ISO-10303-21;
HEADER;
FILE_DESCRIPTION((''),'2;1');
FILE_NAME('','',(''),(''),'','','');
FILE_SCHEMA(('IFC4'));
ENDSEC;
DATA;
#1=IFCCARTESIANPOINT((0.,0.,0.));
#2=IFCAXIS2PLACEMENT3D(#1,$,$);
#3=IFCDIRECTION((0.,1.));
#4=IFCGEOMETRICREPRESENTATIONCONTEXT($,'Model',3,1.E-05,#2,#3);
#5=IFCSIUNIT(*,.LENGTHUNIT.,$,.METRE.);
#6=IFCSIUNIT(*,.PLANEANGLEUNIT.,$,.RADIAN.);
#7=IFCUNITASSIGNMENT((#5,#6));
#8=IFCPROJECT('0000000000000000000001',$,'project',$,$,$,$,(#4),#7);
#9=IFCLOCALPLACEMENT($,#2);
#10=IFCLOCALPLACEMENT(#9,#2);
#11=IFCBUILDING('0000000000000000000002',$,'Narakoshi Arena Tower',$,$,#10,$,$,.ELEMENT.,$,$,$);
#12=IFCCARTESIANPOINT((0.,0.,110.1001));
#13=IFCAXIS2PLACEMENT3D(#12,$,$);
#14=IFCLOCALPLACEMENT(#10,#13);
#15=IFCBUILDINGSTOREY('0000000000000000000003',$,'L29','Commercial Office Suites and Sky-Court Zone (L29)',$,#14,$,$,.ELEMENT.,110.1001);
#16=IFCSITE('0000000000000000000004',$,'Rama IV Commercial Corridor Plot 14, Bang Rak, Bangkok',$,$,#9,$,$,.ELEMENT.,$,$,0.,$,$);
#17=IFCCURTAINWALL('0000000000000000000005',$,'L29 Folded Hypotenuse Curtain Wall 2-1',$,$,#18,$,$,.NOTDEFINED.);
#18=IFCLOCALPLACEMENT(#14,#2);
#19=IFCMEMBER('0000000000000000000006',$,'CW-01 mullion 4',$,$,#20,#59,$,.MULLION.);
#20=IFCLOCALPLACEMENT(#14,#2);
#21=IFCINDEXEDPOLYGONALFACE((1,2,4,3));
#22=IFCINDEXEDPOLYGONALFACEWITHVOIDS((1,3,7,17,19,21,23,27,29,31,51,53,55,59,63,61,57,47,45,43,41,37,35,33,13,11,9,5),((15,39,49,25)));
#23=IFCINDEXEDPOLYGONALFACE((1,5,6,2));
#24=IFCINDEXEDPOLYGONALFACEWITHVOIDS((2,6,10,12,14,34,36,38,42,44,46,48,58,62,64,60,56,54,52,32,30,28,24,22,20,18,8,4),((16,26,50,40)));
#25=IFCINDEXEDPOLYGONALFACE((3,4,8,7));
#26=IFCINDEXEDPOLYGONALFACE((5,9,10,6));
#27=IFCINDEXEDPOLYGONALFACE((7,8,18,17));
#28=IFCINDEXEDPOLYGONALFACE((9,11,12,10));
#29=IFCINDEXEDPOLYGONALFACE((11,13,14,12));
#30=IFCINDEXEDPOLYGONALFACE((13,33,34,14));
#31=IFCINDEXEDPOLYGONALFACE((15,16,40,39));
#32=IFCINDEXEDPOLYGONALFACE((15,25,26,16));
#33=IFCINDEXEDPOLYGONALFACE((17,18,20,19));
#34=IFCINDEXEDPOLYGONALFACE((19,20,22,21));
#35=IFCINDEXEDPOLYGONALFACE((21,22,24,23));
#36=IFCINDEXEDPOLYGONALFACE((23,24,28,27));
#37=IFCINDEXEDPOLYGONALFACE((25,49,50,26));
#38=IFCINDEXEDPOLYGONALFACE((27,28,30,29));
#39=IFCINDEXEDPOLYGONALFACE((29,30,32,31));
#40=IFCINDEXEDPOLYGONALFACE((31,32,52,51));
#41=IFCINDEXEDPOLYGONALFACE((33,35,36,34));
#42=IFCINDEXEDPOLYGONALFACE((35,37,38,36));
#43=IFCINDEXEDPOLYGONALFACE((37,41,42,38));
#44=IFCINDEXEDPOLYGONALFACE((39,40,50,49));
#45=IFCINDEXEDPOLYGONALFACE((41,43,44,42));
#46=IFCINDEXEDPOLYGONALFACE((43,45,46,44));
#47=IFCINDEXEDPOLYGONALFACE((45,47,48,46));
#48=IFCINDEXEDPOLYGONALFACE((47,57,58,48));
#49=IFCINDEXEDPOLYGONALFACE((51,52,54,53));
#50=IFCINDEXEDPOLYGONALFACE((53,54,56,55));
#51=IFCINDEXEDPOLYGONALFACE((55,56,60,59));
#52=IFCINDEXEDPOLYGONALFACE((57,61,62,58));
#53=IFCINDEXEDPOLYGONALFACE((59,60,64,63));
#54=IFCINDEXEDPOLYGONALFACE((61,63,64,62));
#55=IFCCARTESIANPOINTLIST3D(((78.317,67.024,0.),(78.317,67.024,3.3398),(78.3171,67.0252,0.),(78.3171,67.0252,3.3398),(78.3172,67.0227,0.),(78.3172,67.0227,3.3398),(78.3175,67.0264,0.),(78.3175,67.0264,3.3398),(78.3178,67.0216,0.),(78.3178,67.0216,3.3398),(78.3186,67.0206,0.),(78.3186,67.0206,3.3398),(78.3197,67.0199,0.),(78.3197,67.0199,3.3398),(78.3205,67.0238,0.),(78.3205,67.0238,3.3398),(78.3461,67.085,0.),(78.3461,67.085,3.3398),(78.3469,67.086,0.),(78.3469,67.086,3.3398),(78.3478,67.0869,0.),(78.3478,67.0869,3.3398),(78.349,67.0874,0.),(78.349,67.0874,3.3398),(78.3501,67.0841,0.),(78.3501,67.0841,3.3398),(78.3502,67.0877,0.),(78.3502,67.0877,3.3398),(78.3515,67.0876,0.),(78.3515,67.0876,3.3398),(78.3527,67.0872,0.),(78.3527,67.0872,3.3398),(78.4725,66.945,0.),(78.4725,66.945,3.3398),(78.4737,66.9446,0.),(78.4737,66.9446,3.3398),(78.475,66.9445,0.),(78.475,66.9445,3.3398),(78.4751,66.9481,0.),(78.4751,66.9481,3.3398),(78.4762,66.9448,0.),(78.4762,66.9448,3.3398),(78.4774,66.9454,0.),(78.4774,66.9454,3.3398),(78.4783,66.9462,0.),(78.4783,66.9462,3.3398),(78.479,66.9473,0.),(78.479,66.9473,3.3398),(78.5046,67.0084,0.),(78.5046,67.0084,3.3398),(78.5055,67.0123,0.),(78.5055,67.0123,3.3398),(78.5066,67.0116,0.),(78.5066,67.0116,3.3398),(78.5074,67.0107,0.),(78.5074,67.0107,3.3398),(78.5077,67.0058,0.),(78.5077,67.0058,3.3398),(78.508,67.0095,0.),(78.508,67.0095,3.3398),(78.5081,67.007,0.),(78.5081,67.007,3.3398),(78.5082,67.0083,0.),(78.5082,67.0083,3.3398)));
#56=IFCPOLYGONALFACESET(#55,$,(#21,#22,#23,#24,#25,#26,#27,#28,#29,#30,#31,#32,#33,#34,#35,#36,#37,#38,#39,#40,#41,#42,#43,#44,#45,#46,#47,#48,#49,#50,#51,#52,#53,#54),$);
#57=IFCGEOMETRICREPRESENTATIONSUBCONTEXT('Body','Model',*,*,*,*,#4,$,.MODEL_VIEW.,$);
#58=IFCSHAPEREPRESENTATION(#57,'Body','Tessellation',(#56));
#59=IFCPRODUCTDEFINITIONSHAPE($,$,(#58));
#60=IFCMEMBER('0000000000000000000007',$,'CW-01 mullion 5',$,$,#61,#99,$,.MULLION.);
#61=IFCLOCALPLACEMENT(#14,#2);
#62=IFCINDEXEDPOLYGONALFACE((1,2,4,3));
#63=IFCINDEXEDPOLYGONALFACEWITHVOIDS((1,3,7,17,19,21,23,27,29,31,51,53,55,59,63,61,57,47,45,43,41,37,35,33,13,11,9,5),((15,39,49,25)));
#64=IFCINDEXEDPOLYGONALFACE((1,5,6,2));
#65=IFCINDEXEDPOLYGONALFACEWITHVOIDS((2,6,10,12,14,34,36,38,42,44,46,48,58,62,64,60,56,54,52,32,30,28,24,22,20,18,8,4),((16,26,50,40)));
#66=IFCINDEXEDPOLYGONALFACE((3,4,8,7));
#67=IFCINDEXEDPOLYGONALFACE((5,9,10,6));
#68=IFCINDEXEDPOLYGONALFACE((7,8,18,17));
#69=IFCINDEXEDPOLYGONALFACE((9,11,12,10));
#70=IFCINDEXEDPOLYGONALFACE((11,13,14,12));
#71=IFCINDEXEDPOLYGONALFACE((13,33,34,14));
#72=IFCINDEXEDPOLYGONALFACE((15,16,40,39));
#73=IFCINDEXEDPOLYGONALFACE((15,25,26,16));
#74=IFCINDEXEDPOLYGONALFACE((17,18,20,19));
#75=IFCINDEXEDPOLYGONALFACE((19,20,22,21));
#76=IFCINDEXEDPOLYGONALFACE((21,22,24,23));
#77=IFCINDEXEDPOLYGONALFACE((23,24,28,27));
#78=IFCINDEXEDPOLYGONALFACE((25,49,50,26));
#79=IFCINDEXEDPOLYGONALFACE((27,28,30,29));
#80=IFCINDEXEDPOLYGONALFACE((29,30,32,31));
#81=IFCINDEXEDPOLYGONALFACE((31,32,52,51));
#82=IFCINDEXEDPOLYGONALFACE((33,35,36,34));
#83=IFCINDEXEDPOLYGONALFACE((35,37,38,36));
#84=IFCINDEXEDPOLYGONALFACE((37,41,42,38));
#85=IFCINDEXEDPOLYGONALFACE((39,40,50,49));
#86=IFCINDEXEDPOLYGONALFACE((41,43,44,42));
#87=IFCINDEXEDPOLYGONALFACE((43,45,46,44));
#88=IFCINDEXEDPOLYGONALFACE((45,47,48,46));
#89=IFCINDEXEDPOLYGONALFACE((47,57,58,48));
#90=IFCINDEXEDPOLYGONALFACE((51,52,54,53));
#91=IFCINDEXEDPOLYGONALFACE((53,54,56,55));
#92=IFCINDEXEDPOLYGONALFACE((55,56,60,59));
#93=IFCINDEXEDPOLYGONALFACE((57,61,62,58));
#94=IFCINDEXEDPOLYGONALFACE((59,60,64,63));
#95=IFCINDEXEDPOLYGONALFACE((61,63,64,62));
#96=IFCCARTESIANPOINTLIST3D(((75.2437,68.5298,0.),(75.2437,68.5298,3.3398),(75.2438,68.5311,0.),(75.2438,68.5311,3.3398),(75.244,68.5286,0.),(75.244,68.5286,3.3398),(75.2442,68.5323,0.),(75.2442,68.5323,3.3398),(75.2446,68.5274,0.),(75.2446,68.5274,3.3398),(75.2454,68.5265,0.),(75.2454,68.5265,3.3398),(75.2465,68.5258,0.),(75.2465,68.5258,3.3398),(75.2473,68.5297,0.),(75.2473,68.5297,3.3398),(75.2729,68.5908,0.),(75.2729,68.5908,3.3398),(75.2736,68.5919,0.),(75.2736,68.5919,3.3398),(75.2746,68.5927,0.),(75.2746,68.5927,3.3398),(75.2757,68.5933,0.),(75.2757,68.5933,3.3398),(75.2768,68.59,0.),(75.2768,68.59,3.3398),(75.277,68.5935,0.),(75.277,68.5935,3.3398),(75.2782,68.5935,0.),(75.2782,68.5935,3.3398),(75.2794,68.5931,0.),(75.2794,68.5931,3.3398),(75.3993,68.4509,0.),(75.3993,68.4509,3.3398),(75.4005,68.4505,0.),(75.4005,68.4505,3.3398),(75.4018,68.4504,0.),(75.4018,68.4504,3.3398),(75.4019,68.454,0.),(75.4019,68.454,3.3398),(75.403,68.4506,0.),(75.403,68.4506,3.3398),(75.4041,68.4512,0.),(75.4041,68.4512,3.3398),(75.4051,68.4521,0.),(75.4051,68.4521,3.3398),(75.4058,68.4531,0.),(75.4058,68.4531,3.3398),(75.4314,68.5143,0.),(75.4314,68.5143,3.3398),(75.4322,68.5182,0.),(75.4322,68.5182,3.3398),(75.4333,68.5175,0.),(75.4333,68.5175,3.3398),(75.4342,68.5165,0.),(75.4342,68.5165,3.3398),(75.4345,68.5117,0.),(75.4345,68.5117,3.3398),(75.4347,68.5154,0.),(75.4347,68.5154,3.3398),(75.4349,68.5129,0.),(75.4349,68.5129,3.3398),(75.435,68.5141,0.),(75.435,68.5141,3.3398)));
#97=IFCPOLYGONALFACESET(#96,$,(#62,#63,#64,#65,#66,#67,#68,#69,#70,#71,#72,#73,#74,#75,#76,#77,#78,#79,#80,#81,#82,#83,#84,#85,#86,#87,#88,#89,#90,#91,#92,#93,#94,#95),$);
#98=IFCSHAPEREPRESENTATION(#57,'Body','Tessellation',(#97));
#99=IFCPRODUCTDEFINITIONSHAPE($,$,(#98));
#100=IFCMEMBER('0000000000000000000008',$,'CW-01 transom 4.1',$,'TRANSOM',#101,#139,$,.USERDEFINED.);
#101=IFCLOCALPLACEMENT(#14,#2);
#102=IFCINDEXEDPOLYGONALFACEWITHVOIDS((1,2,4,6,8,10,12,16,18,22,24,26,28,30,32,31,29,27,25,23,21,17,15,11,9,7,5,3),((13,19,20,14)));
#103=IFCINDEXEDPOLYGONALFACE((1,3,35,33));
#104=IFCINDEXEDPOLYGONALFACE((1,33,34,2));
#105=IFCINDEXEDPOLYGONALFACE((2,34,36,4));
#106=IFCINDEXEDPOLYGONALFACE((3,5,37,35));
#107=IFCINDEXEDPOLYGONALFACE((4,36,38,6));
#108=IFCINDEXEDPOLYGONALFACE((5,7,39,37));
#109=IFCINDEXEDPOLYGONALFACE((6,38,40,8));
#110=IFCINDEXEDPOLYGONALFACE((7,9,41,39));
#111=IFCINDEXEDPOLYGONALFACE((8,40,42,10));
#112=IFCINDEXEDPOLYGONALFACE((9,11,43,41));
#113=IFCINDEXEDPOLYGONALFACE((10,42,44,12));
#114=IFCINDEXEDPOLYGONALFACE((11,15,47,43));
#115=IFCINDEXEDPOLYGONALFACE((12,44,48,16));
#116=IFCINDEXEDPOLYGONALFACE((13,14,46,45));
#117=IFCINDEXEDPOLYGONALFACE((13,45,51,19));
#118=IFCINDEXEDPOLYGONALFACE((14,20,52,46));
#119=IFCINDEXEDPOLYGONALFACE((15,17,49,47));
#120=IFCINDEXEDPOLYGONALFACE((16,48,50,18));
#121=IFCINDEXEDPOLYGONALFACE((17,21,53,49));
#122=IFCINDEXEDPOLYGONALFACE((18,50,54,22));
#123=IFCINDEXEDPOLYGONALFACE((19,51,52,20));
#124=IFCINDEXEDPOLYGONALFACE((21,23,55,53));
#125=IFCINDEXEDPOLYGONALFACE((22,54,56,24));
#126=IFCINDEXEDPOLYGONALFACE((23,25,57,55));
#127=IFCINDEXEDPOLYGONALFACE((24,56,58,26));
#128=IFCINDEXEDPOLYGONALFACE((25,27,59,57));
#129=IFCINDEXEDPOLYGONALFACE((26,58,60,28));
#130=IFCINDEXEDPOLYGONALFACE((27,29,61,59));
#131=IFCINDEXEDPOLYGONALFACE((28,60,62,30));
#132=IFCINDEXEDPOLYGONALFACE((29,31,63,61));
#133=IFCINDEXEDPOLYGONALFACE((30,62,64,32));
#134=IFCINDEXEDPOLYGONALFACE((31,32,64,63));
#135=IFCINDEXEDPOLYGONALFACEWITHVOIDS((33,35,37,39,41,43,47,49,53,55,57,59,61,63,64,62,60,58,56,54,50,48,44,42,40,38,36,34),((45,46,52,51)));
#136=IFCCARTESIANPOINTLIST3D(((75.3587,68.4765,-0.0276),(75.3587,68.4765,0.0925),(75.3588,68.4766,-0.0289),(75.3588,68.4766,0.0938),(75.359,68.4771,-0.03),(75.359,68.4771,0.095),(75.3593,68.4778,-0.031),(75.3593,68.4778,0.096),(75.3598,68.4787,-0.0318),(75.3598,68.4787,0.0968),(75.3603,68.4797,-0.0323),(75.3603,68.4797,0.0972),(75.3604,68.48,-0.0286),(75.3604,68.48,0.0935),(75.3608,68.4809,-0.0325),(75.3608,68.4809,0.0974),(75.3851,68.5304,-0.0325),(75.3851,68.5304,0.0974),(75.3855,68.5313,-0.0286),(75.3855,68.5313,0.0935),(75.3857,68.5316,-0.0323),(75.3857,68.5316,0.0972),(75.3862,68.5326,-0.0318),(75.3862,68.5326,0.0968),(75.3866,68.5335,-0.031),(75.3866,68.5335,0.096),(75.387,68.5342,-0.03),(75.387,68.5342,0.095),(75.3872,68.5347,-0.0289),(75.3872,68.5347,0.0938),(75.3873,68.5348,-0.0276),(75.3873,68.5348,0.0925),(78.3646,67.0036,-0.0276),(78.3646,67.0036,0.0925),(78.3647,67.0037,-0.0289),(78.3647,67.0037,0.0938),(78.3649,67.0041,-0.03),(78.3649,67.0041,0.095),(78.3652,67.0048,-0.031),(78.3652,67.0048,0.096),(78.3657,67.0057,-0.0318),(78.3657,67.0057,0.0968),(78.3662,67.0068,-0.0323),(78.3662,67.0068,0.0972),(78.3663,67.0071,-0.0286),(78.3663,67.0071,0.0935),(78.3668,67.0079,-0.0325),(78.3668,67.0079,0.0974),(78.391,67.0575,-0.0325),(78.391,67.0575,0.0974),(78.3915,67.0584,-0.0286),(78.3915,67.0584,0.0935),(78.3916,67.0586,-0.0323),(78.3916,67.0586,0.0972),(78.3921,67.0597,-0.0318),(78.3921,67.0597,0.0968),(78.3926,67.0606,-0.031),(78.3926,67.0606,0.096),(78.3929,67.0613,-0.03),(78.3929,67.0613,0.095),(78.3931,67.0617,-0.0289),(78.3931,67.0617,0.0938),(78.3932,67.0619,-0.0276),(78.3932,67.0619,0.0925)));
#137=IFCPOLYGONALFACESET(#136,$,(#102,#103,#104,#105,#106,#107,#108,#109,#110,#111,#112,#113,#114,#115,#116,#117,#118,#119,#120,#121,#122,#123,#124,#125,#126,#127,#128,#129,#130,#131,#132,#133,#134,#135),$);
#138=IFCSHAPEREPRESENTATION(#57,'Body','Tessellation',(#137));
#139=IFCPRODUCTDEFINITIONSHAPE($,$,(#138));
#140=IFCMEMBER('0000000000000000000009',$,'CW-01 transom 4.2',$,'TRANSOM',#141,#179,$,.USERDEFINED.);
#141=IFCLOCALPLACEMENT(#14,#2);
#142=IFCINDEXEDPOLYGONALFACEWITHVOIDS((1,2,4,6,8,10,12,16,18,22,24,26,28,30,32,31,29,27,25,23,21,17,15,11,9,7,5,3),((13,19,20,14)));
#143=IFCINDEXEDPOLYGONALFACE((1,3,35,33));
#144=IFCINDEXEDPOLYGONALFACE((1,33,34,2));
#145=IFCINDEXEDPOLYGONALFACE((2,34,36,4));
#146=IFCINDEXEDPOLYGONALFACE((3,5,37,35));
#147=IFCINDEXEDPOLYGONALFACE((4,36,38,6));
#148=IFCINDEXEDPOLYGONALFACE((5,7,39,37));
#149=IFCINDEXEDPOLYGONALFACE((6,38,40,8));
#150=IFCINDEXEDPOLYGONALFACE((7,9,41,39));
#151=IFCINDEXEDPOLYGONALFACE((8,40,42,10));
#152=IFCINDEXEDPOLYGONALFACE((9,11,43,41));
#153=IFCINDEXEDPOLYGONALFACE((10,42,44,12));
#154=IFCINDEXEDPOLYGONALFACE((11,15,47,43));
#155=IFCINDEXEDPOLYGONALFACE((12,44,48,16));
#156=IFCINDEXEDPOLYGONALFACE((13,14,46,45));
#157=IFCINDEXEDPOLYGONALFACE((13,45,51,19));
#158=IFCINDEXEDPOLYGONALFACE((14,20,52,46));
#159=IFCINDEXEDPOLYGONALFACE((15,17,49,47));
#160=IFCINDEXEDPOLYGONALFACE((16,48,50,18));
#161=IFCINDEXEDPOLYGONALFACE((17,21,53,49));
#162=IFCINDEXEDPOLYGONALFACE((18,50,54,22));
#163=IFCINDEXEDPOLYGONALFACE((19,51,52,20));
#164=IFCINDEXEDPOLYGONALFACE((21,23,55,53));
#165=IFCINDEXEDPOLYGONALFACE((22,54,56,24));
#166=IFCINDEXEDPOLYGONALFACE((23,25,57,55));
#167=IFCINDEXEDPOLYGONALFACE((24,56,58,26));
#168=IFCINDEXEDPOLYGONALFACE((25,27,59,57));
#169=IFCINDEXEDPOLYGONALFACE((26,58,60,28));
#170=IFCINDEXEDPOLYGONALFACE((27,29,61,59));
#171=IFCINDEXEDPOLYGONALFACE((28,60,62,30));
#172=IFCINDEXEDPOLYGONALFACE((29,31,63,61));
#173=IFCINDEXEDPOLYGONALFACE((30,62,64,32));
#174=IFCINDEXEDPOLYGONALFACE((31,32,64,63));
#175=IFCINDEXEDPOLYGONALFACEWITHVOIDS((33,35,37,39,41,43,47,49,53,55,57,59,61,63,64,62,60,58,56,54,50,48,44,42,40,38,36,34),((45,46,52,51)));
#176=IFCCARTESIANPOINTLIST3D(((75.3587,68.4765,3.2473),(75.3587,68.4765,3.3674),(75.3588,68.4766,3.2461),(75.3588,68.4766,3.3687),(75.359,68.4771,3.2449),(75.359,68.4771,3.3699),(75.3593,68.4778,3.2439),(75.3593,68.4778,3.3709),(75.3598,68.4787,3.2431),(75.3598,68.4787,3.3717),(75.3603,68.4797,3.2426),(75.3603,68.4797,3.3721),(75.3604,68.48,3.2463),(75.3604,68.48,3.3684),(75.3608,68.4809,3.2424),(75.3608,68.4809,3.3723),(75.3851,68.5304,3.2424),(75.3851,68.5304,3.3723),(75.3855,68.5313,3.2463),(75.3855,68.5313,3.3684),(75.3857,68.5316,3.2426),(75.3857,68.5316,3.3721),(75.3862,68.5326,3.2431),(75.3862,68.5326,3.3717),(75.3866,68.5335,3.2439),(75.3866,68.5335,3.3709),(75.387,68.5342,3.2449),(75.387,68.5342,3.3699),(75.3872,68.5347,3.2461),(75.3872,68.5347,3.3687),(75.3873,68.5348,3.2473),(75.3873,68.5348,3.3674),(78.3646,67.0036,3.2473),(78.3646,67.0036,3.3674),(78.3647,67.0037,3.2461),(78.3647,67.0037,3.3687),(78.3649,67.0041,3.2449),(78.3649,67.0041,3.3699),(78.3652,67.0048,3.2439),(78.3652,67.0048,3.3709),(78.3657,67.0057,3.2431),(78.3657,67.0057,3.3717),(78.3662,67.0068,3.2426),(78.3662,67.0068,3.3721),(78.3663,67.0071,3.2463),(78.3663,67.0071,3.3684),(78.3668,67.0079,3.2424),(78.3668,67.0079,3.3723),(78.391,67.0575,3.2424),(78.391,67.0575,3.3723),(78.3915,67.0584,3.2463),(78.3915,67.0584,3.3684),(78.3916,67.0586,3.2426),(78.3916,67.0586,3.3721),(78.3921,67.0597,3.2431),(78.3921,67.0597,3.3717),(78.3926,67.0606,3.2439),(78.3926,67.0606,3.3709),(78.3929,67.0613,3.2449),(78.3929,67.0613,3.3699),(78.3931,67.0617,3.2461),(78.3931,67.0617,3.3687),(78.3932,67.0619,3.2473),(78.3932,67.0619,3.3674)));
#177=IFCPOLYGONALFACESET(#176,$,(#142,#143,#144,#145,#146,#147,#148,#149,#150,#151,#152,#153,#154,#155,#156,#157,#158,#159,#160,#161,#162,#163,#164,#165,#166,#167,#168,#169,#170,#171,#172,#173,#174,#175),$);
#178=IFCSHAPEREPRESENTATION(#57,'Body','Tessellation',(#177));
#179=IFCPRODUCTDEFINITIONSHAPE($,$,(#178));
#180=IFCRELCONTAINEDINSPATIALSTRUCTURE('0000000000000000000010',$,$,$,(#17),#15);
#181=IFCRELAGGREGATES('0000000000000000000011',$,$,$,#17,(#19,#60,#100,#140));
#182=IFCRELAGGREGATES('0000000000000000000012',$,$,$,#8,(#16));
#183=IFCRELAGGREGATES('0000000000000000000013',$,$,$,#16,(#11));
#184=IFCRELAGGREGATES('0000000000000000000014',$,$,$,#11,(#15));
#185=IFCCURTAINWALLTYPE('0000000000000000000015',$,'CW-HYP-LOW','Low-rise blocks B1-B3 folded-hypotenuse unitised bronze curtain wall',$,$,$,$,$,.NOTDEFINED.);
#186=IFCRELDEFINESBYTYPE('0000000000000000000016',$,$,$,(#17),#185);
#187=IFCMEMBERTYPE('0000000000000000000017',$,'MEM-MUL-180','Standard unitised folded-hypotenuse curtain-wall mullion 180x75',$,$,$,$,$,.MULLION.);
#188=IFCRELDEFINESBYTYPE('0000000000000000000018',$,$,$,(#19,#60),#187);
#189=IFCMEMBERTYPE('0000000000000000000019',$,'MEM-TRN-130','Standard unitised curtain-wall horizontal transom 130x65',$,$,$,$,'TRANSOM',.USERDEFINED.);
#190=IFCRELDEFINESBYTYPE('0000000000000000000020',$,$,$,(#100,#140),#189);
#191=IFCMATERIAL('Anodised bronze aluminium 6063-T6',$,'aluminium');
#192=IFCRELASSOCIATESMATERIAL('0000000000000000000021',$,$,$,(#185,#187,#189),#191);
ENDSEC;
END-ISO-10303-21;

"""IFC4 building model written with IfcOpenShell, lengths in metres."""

from ifc_helpers import new_model, si_unit, direction, frame, origin, origin_2d, place, context, subcontext, project, spatial, hollow_rectangle, extrude, material, material_profile, profile_set, type_object, element, aggregate, save


model = new_model("IFC4")

# Units and contexts
model_context = context("Model", 3, precision=1e-05, world=origin(), true_north=direction((0.0, 1.0)))
body_context = subcontext(model_context, "Body", "Model", "MODEL_VIEW")
ifc_project = project(units=[si_unit("LENGTHUNIT", "METRE"), si_unit("PLANEANGLEUNIT", "RADIAN")], contexts=[model_context])

# Site, building, storey
site_placement = place(None, origin())
site = spatial("IfcSite", under=ifc_project, at=site_placement, Name="Rama IV Commercial Corridor Plot 14, Bang Rak, Bangkok", CompositionType="ELEMENT", RefElevation=0.0)
building_placement = place(site_placement, origin())
building = spatial("IfcBuilding", under=site, at=building_placement, Name="Narakoshi Arena Tower", CompositionType="ELEMENT")
storey_placement = place(building_placement, frame((0.0, 0.0, 110.1001)))
storey = spatial("IfcBuildingStorey", under=building, at=storey_placement, Name="L29", Description="Commercial Office Suites and Sky-Court Zone (L29)", CompositionType="ELEMENT", Elevation=110.1001)

# Curtain wall, members
ifc_material_1 = material(Name="Anodised bronze aluminium 6063-T6", Category="aluminium")
curtain_wall_type = type_object("IfcCurtainWallType", Name="CW-HYP-LOW", Description="Low-rise blocks B1-B3 folded-hypotenuse unitised bronze curtain wall", PredefinedType="NOTDEFINED", material=ifc_material_1)
curtain_wall_placement = place(storey_placement, origin())
curtain_wall = element("IfcCurtainWall", 1, at=curtain_wall_placement, inside=storey, type_object=curtain_wall_type, Name="L29 Folded Hypotenuse Curtain Wall 2-1", PredefinedType="NOTDEFINED")
ifc_material_profile_1 = material_profile(ifc_material_1, hollow_rectangle(XDim=0.075, YDim=0.1799, WallThickness=0.0039, OuterFilletRadius=0.0049, at=origin_2d()), Name="MUL180x75x4")
ifc_profile_set_1 = profile_set([ifc_material_profile_1], Name="Anodised bronze aluminium 6063-T6")
member_type_1 = type_object("IfcMemberType", Name="MEM-MUL-180", Description="Standard unitised folded-hypotenuse curtain-wall mullion 180x75", PredefinedType="MULLION", material=ifc_profile_set_1)
member_1_placement = place(storey_placement, frame((78.4126, 67.0161, 0.0), z_axis=(0.0, 0.0, 1.0), x_axis=(-0.440005, -0.897996, 0.0)))
member_1 = element("IfcMember", 2, at=member_1_placement, type_object=member_type_1, Name="CW-01 mullion 4", PredefinedType="MULLION", context=body_context, shape_type="SweptSolid", body=[
    extrude(hollow_rectangle(XDim=0.075, YDim=0.1799, WallThickness=0.0039, OuterFilletRadius=0.0049, at=origin_2d()), origin(), (0.0, 0.0, 1.0), 3.3398),
])
member_2_placement = place(storey_placement, frame((75.3394, 68.522, 0.0), z_axis=(0.0, 0.0, 1.0), x_axis=(-0.440005, -0.897996, 0.0)))
member_2 = element("IfcMember", 3, at=member_2_placement, type_object=member_type_1, Name="CW-01 mullion 5", PredefinedType="MULLION", context=body_context, shape_type="SweptSolid", body=[
    extrude(hollow_rectangle(XDim=0.075, YDim=0.1799, WallThickness=0.0039, OuterFilletRadius=0.0049, at=origin_2d()), origin(), (0.0, 0.0, 1.0), 3.3398),
])
ifc_material_profile_2 = material_profile(ifc_material_1, hollow_rectangle(XDim=0.0649, YDim=0.1299, WallThickness=0.0039, OuterFilletRadius=0.0049, at=origin_2d()), Name="TRN130x65x4")
ifc_profile_set_2 = profile_set([ifc_material_profile_2], Name="Anodised bronze aluminium 6063-T6")
member_type_2 = type_object("IfcMemberType", Name="MEM-TRN-130", Description="Standard unitised curtain-wall horizontal transom 130x65", ElementType="TRANSOM", PredefinedType="USERDEFINED", material=ifc_profile_set_2)
member_3_placement = place(storey_placement, frame((78.3789, 67.0327, 0.0325), z_axis=(-0.897987, 0.440022, 0.0), x_axis=(-0.440022, -0.897987, 0.0)))
member_3 = element("IfcMember", 4, at=member_3_placement, type_object=member_type_2, Name="CW-01 transom 4.1", ObjectType="TRANSOM", PredefinedType="USERDEFINED", context=body_context, shape_type="SweptSolid", body=[
    extrude(hollow_rectangle(XDim=0.0649, YDim=0.1299, WallThickness=0.0039, OuterFilletRadius=0.0049, at=origin_2d()), origin(), (0.0, 0.0, 1.0), 3.3474),
])
member_4_placement = place(storey_placement, frame((78.3789, 67.0327, 3.3074), z_axis=(-0.897987, 0.440022, 0.0), x_axis=(-0.440022, -0.897987, 0.0)))
member_4 = element("IfcMember", 5, at=member_4_placement, type_object=member_type_2, Name="CW-01 transom 4.2", ObjectType="TRANSOM", PredefinedType="USERDEFINED", context=body_context, shape_type="SweptSolid", body=[
    extrude(hollow_rectangle(XDim=0.0649, YDim=0.1299, WallThickness=0.0039, OuterFilletRadius=0.0049, at=origin_2d()), origin(), (0.0, 0.0, 1.0), 3.3474),
])
aggregate(curtain_wall, [member_1, member_2, member_3, member_4])

save(model, "model.ifc")
